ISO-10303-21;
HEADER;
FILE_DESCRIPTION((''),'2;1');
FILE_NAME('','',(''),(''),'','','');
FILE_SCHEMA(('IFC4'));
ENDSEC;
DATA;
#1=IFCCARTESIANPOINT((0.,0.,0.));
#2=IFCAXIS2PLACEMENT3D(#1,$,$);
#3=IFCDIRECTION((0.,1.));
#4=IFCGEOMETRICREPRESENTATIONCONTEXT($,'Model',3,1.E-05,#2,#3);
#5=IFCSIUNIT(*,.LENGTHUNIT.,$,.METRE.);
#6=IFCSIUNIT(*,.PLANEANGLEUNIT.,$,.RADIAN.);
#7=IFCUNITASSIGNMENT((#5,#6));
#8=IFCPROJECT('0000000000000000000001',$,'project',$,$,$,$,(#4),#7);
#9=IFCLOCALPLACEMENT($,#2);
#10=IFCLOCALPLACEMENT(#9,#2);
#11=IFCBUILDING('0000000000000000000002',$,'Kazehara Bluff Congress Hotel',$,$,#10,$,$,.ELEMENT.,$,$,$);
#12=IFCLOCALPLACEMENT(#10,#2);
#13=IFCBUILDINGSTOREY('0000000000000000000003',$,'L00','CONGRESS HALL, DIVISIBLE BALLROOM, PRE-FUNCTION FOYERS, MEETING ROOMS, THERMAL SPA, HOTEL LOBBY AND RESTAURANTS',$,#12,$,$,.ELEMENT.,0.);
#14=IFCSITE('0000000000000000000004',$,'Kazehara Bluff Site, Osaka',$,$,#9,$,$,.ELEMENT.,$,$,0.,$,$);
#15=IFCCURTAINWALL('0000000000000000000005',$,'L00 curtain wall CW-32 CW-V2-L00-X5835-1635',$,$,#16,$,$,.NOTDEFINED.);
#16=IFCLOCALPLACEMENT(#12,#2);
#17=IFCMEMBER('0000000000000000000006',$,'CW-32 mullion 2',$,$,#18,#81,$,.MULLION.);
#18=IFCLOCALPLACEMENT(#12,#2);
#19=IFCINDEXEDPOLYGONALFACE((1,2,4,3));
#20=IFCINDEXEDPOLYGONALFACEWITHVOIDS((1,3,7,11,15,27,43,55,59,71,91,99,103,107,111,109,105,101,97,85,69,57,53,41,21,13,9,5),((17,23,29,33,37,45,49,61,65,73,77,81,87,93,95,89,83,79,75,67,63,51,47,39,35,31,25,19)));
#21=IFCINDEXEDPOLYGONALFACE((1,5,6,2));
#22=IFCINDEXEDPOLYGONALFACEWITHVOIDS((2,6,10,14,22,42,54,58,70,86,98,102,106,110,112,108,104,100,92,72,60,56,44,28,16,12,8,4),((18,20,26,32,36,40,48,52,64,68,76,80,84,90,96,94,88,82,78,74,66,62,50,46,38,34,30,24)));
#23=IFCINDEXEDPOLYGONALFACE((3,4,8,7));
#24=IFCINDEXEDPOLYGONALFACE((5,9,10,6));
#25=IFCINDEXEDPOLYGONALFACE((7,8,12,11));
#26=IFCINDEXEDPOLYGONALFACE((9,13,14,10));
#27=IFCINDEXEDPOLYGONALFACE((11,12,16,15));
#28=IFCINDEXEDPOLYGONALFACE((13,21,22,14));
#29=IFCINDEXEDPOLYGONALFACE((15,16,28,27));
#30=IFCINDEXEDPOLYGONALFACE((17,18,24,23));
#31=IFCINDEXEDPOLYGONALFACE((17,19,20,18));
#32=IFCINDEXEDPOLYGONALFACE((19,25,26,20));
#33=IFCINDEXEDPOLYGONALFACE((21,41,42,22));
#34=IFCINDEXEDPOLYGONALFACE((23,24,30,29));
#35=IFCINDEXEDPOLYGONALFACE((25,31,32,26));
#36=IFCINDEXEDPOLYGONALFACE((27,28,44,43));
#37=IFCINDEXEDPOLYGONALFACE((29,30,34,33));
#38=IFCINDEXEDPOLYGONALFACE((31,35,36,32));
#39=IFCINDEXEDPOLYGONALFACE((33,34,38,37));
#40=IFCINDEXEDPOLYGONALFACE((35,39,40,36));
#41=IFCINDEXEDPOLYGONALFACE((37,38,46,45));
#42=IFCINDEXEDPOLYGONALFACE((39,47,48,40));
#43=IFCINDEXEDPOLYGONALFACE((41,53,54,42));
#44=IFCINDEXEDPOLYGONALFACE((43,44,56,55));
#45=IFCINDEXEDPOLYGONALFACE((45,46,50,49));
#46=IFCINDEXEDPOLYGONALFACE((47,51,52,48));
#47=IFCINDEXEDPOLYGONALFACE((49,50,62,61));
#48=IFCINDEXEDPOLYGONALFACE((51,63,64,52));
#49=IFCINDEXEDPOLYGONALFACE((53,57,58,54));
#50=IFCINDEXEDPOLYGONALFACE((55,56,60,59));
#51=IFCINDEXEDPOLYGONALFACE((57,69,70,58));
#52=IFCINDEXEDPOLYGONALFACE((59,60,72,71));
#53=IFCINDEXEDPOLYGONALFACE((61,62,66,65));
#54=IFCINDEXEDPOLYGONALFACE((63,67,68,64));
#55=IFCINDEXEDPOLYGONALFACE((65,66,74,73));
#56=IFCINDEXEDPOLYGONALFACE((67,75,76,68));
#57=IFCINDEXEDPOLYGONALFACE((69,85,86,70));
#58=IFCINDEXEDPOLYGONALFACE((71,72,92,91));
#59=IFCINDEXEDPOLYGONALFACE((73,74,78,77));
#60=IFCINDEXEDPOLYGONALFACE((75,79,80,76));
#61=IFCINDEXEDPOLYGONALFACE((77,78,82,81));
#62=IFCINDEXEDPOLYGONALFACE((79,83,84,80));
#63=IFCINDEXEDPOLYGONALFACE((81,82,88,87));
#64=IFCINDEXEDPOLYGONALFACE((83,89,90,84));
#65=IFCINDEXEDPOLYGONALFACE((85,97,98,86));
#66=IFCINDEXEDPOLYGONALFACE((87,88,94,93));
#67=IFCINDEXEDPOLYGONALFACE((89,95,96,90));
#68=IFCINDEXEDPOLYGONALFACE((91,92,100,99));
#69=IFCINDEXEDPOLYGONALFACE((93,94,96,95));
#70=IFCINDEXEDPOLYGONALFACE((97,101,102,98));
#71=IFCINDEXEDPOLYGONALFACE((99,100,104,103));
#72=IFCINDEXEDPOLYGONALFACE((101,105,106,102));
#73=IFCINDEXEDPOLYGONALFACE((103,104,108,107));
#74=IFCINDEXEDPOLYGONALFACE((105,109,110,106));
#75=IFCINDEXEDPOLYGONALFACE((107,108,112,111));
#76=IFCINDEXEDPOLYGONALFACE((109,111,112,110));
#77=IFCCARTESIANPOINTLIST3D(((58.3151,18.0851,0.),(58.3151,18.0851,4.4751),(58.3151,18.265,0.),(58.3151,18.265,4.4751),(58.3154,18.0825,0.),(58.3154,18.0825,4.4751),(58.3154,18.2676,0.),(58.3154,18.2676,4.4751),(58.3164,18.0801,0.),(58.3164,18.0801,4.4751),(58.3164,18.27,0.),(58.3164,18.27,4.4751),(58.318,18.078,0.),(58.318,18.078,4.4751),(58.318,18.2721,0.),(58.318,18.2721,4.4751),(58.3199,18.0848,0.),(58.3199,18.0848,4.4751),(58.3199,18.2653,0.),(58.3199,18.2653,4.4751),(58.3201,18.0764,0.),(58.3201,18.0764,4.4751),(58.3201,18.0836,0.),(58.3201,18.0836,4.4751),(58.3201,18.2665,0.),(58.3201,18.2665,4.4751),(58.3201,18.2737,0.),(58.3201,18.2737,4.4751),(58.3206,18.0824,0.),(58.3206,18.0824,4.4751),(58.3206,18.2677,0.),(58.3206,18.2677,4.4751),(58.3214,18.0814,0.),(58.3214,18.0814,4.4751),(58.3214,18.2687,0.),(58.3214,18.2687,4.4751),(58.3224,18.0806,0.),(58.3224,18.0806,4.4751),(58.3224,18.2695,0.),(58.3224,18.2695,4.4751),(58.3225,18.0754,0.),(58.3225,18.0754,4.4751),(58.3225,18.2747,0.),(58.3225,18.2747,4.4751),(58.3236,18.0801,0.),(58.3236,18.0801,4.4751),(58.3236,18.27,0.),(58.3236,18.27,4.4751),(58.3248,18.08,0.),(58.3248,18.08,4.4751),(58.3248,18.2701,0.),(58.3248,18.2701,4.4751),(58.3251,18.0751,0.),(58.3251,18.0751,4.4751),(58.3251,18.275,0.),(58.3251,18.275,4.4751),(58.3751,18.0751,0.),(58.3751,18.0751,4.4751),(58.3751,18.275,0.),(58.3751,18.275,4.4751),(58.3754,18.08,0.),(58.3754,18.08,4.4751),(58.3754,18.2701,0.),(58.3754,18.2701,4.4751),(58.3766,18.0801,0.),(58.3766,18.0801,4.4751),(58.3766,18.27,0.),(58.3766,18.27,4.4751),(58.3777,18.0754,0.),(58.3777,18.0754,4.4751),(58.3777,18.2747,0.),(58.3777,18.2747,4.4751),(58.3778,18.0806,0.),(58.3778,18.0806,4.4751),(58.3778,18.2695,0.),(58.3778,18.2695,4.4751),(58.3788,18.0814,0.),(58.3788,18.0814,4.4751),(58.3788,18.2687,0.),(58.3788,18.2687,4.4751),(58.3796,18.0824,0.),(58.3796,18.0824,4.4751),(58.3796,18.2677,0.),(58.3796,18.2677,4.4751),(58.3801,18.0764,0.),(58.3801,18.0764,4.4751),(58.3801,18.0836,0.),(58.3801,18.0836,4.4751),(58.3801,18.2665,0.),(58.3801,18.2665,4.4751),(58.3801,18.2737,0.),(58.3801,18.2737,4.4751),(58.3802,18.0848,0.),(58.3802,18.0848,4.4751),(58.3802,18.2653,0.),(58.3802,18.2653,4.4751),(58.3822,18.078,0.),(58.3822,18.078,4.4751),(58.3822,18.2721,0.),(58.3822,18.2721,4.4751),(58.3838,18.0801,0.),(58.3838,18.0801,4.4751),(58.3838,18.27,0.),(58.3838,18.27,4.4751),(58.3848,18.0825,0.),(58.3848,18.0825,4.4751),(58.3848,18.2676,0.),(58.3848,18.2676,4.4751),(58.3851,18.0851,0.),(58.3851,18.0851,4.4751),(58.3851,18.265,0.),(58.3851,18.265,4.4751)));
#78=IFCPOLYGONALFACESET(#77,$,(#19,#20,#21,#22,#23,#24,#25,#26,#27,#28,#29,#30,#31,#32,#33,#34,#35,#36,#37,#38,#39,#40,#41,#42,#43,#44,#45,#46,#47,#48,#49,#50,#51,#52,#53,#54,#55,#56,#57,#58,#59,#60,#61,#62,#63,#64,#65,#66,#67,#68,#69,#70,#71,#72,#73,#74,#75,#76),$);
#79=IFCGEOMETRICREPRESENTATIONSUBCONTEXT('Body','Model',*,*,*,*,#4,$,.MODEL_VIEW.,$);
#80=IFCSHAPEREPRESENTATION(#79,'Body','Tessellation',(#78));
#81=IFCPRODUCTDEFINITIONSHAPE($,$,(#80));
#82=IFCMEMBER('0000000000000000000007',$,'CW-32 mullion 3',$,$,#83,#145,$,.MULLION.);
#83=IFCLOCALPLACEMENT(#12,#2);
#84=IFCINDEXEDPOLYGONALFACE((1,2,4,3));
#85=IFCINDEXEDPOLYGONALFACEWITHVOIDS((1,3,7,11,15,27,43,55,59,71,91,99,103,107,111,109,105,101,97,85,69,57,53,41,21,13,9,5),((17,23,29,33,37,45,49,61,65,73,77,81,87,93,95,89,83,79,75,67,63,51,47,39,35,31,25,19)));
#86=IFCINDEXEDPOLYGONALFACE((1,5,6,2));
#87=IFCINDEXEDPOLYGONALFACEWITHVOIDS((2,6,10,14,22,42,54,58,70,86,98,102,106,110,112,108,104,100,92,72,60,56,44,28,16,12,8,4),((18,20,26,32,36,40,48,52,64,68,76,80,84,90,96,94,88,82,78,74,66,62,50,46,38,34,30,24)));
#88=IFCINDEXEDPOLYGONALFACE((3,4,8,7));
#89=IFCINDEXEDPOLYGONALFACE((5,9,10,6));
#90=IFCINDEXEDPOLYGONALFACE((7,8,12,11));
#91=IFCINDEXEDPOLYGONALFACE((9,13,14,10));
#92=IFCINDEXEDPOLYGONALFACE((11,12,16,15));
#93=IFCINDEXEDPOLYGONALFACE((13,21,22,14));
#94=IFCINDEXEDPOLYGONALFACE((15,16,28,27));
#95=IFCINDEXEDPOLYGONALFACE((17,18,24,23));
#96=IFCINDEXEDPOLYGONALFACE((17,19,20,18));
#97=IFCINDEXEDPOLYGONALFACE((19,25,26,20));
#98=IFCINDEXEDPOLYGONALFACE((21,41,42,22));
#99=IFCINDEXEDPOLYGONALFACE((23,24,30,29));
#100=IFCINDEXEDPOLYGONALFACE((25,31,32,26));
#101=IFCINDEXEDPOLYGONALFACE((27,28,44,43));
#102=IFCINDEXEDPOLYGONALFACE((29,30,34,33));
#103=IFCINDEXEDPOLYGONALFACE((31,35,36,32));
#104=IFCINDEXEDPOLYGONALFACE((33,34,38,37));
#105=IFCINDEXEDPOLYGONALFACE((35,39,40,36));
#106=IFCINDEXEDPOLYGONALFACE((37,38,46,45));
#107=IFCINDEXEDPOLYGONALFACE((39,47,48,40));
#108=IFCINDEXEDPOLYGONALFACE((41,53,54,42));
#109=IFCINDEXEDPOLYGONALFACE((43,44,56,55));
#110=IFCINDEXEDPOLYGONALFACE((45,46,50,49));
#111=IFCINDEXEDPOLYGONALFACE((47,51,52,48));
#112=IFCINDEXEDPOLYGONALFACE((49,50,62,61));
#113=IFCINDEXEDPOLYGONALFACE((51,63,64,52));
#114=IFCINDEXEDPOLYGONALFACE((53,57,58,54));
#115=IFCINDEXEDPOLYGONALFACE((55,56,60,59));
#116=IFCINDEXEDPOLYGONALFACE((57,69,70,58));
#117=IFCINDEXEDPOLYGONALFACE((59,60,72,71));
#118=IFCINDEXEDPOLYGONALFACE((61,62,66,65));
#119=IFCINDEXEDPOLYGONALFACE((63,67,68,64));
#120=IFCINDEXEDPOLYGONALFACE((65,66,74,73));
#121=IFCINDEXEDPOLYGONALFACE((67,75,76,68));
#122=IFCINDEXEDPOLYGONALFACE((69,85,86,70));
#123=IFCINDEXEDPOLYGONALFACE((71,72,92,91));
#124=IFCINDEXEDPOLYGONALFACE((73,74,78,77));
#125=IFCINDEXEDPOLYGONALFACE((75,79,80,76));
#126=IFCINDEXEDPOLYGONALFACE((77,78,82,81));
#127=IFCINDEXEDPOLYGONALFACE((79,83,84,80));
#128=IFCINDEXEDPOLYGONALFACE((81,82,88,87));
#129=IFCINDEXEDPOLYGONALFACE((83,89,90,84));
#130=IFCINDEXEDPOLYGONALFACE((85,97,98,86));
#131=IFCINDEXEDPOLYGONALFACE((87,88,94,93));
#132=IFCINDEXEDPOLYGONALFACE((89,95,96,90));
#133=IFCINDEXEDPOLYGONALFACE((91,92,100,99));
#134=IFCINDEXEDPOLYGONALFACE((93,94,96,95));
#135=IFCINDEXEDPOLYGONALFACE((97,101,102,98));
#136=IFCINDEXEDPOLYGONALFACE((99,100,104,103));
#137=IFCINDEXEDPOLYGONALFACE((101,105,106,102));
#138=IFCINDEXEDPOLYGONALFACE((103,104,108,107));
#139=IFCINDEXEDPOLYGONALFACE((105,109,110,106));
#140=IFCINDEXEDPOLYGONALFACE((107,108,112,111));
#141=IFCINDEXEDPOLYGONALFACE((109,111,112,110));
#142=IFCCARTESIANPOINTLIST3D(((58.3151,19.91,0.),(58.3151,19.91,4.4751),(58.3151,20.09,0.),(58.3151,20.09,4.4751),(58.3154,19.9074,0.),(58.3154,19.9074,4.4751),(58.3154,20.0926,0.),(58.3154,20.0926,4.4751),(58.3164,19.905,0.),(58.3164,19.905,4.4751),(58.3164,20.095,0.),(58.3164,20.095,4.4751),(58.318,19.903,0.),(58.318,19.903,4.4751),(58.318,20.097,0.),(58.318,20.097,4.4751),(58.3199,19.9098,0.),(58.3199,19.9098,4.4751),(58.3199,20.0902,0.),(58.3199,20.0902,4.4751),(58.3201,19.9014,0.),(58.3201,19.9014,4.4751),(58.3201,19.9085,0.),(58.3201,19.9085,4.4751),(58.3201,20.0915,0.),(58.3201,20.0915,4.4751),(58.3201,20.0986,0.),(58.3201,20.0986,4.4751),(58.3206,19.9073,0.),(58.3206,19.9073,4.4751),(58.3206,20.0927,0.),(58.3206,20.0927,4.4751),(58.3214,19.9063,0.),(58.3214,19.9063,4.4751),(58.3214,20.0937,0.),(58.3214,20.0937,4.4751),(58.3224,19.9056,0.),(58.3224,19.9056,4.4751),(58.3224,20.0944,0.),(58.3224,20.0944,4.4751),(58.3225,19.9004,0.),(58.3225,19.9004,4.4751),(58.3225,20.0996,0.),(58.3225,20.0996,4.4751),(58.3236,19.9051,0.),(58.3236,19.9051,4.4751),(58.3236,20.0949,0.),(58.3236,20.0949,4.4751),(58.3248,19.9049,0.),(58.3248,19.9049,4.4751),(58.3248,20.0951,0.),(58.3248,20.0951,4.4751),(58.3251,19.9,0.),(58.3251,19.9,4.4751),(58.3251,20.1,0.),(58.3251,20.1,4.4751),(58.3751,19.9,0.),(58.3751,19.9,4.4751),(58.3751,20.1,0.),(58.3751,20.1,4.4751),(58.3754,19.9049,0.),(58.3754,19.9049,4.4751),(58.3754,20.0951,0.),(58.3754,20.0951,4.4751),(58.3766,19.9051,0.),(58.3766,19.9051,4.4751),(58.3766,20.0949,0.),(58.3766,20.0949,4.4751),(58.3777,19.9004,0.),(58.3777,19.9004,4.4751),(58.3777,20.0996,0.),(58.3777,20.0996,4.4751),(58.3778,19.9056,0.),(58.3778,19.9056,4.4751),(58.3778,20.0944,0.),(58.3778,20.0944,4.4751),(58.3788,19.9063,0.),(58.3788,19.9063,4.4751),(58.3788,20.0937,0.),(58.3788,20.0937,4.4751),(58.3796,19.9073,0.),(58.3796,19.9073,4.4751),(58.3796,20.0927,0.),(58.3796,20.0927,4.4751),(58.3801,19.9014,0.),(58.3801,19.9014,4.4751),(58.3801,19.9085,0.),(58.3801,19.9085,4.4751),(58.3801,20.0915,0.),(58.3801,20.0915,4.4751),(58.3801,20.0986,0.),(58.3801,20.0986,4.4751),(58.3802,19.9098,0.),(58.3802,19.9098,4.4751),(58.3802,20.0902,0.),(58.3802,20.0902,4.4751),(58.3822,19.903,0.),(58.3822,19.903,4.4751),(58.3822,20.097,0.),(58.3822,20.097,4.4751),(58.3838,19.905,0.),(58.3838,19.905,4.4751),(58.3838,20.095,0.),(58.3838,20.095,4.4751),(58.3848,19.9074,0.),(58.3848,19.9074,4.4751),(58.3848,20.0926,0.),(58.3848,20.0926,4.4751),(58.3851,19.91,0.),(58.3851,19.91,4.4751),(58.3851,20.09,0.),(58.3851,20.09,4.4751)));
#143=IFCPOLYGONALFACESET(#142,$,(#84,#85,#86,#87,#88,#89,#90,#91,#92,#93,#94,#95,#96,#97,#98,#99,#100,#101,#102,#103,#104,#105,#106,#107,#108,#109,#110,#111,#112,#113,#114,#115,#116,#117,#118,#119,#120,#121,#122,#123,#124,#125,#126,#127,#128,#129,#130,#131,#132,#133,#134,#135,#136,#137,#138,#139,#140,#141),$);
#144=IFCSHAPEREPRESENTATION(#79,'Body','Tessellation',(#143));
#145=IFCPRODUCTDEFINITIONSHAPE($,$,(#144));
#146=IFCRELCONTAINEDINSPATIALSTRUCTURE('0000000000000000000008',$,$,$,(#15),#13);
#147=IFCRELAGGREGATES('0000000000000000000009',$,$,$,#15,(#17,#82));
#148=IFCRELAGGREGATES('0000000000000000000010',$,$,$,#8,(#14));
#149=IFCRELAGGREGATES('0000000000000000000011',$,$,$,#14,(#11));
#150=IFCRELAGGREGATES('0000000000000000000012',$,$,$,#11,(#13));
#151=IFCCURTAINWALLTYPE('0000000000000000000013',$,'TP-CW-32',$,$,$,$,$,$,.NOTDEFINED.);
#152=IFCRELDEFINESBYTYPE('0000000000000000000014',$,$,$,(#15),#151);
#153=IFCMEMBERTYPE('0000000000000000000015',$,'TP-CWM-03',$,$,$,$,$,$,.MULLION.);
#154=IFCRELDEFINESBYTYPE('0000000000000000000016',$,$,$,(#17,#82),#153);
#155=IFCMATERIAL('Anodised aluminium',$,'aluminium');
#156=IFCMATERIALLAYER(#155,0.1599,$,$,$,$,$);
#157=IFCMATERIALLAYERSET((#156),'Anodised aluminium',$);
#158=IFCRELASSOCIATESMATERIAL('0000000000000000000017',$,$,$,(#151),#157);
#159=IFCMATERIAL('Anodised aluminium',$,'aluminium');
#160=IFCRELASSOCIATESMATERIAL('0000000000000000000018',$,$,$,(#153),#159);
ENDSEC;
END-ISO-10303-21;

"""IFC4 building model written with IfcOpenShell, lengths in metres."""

from ifc_helpers import new_model, si_unit, direction, frame, origin, origin_2d, place, context, subcontext, project, spatial, hollow_rectangle, extrude, material, layer, layer_set, material_profile, profile_set, type_object, element, aggregate, save


model = new_model("IFC4")

# Units and contexts
model_context = context("Model", 3, precision=1e-05, world=origin(), true_north=direction((0.0, 1.0)))
body_context = subcontext(model_context, "Body", "Model", "MODEL_VIEW")
ifc_project = project(units=[si_unit("LENGTHUNIT", "METRE"), si_unit("PLANEANGLEUNIT", "RADIAN")], contexts=[model_context])

# Site, building, storey
site_placement = place(None, origin())
site = spatial("IfcSite", under=ifc_project, at=site_placement, Name="Kazehara Bluff Site, Osaka", CompositionType="ELEMENT", RefElevation=0.0)
building_placement = place(site_placement, origin())
building = spatial("IfcBuilding", under=site, at=building_placement, Name="Kazehara Bluff Congress Hotel", CompositionType="ELEMENT")
storey_placement = place(building_placement, origin())
storey = spatial("IfcBuildingStorey", under=building, at=storey_placement, Name="L00", Description="CONGRESS HALL, DIVISIBLE BALLROOM, PRE-FUNCTION FOYERS, MEETING ROOMS, THERMAL SPA, HOTEL LOBBY AND RESTAURANTS", CompositionType="ELEMENT", Elevation=0.0)

# Curtain wall, members
ifc_material_1 = material(Name="Anodised aluminium", Category="aluminium")
ifc_layer_1 = layer(ifc_material_1, 0.1599)
ifc_layer_set_1 = layer_set([ifc_layer_1], Name="Anodised aluminium")
curtain_wall_type = type_object("IfcCurtainWallType", Name="TP-CW-32", PredefinedType="NOTDEFINED", material=ifc_layer_set_1)
curtain_wall_placement = place(storey_placement, origin())
curtain_wall = element("IfcCurtainWall", 1, at=curtain_wall_placement, inside=storey, type_object=curtain_wall_type, Name="L00 curtain wall CW-32 CW-V2-L00-X5835-1635", PredefinedType="NOTDEFINED")
ifc_material_2 = material(Name="Anodised aluminium", Category="aluminium")
ifc_material_profile_1 = material_profile(ifc_material_2, hollow_rectangle(XDim=0.0701, YDim=0.2, WallThickness=0.0049, InnerFilletRadius=0.0049, OuterFilletRadius=0.01, at=origin_2d()))
ifc_profile_set_1 = profile_set([ifc_material_profile_1], Name="Anodised aluminium")
member_type_1 = type_object("IfcMemberType", Name="TP-CWM-03", PredefinedType="MULLION", material=ifc_profile_set_1)
member_1_placement = place(storey_placement, frame((58.3501, 18.175, 0.0), z_axis=(0.0, 0.0, 1.0), x_axis=(-1.0, 0.0, 0.0)))
member_1 = element("IfcMember", 2, at=member_1_placement, type_object=member_type_1, Name="CW-32 mullion 2", PredefinedType="MULLION", context=body_context, shape_type="SweptSolid", body=[
    extrude(hollow_rectangle(XDim=0.0701, YDim=0.2, WallThickness=0.0049, InnerFilletRadius=0.0049, OuterFilletRadius=0.01, at=origin_2d()), origin(), (0.0, 0.0, 1.0), 4.4751),
])
member_2_placement = place(storey_placement, frame((58.3501, 20.0, 0.0), z_axis=(0.0, 0.0, 1.0), x_axis=(-1.0, 0.0, 0.0)))
member_2 = element("IfcMember", 3, at=member_2_placement, type_object=member_type_1, Name="CW-32 mullion 3", PredefinedType="MULLION", context=body_context, shape_type="SweptSolid", body=[
    extrude(hollow_rectangle(XDim=0.0701, YDim=0.2, WallThickness=0.0049, InnerFilletRadius=0.0049, OuterFilletRadius=0.01, at=origin_2d()), origin(), (0.0, 0.0, 1.0), 4.4751),
])

aggregate(curtain_wall, [member_1, member_2])

save(model, "model.ifc")
